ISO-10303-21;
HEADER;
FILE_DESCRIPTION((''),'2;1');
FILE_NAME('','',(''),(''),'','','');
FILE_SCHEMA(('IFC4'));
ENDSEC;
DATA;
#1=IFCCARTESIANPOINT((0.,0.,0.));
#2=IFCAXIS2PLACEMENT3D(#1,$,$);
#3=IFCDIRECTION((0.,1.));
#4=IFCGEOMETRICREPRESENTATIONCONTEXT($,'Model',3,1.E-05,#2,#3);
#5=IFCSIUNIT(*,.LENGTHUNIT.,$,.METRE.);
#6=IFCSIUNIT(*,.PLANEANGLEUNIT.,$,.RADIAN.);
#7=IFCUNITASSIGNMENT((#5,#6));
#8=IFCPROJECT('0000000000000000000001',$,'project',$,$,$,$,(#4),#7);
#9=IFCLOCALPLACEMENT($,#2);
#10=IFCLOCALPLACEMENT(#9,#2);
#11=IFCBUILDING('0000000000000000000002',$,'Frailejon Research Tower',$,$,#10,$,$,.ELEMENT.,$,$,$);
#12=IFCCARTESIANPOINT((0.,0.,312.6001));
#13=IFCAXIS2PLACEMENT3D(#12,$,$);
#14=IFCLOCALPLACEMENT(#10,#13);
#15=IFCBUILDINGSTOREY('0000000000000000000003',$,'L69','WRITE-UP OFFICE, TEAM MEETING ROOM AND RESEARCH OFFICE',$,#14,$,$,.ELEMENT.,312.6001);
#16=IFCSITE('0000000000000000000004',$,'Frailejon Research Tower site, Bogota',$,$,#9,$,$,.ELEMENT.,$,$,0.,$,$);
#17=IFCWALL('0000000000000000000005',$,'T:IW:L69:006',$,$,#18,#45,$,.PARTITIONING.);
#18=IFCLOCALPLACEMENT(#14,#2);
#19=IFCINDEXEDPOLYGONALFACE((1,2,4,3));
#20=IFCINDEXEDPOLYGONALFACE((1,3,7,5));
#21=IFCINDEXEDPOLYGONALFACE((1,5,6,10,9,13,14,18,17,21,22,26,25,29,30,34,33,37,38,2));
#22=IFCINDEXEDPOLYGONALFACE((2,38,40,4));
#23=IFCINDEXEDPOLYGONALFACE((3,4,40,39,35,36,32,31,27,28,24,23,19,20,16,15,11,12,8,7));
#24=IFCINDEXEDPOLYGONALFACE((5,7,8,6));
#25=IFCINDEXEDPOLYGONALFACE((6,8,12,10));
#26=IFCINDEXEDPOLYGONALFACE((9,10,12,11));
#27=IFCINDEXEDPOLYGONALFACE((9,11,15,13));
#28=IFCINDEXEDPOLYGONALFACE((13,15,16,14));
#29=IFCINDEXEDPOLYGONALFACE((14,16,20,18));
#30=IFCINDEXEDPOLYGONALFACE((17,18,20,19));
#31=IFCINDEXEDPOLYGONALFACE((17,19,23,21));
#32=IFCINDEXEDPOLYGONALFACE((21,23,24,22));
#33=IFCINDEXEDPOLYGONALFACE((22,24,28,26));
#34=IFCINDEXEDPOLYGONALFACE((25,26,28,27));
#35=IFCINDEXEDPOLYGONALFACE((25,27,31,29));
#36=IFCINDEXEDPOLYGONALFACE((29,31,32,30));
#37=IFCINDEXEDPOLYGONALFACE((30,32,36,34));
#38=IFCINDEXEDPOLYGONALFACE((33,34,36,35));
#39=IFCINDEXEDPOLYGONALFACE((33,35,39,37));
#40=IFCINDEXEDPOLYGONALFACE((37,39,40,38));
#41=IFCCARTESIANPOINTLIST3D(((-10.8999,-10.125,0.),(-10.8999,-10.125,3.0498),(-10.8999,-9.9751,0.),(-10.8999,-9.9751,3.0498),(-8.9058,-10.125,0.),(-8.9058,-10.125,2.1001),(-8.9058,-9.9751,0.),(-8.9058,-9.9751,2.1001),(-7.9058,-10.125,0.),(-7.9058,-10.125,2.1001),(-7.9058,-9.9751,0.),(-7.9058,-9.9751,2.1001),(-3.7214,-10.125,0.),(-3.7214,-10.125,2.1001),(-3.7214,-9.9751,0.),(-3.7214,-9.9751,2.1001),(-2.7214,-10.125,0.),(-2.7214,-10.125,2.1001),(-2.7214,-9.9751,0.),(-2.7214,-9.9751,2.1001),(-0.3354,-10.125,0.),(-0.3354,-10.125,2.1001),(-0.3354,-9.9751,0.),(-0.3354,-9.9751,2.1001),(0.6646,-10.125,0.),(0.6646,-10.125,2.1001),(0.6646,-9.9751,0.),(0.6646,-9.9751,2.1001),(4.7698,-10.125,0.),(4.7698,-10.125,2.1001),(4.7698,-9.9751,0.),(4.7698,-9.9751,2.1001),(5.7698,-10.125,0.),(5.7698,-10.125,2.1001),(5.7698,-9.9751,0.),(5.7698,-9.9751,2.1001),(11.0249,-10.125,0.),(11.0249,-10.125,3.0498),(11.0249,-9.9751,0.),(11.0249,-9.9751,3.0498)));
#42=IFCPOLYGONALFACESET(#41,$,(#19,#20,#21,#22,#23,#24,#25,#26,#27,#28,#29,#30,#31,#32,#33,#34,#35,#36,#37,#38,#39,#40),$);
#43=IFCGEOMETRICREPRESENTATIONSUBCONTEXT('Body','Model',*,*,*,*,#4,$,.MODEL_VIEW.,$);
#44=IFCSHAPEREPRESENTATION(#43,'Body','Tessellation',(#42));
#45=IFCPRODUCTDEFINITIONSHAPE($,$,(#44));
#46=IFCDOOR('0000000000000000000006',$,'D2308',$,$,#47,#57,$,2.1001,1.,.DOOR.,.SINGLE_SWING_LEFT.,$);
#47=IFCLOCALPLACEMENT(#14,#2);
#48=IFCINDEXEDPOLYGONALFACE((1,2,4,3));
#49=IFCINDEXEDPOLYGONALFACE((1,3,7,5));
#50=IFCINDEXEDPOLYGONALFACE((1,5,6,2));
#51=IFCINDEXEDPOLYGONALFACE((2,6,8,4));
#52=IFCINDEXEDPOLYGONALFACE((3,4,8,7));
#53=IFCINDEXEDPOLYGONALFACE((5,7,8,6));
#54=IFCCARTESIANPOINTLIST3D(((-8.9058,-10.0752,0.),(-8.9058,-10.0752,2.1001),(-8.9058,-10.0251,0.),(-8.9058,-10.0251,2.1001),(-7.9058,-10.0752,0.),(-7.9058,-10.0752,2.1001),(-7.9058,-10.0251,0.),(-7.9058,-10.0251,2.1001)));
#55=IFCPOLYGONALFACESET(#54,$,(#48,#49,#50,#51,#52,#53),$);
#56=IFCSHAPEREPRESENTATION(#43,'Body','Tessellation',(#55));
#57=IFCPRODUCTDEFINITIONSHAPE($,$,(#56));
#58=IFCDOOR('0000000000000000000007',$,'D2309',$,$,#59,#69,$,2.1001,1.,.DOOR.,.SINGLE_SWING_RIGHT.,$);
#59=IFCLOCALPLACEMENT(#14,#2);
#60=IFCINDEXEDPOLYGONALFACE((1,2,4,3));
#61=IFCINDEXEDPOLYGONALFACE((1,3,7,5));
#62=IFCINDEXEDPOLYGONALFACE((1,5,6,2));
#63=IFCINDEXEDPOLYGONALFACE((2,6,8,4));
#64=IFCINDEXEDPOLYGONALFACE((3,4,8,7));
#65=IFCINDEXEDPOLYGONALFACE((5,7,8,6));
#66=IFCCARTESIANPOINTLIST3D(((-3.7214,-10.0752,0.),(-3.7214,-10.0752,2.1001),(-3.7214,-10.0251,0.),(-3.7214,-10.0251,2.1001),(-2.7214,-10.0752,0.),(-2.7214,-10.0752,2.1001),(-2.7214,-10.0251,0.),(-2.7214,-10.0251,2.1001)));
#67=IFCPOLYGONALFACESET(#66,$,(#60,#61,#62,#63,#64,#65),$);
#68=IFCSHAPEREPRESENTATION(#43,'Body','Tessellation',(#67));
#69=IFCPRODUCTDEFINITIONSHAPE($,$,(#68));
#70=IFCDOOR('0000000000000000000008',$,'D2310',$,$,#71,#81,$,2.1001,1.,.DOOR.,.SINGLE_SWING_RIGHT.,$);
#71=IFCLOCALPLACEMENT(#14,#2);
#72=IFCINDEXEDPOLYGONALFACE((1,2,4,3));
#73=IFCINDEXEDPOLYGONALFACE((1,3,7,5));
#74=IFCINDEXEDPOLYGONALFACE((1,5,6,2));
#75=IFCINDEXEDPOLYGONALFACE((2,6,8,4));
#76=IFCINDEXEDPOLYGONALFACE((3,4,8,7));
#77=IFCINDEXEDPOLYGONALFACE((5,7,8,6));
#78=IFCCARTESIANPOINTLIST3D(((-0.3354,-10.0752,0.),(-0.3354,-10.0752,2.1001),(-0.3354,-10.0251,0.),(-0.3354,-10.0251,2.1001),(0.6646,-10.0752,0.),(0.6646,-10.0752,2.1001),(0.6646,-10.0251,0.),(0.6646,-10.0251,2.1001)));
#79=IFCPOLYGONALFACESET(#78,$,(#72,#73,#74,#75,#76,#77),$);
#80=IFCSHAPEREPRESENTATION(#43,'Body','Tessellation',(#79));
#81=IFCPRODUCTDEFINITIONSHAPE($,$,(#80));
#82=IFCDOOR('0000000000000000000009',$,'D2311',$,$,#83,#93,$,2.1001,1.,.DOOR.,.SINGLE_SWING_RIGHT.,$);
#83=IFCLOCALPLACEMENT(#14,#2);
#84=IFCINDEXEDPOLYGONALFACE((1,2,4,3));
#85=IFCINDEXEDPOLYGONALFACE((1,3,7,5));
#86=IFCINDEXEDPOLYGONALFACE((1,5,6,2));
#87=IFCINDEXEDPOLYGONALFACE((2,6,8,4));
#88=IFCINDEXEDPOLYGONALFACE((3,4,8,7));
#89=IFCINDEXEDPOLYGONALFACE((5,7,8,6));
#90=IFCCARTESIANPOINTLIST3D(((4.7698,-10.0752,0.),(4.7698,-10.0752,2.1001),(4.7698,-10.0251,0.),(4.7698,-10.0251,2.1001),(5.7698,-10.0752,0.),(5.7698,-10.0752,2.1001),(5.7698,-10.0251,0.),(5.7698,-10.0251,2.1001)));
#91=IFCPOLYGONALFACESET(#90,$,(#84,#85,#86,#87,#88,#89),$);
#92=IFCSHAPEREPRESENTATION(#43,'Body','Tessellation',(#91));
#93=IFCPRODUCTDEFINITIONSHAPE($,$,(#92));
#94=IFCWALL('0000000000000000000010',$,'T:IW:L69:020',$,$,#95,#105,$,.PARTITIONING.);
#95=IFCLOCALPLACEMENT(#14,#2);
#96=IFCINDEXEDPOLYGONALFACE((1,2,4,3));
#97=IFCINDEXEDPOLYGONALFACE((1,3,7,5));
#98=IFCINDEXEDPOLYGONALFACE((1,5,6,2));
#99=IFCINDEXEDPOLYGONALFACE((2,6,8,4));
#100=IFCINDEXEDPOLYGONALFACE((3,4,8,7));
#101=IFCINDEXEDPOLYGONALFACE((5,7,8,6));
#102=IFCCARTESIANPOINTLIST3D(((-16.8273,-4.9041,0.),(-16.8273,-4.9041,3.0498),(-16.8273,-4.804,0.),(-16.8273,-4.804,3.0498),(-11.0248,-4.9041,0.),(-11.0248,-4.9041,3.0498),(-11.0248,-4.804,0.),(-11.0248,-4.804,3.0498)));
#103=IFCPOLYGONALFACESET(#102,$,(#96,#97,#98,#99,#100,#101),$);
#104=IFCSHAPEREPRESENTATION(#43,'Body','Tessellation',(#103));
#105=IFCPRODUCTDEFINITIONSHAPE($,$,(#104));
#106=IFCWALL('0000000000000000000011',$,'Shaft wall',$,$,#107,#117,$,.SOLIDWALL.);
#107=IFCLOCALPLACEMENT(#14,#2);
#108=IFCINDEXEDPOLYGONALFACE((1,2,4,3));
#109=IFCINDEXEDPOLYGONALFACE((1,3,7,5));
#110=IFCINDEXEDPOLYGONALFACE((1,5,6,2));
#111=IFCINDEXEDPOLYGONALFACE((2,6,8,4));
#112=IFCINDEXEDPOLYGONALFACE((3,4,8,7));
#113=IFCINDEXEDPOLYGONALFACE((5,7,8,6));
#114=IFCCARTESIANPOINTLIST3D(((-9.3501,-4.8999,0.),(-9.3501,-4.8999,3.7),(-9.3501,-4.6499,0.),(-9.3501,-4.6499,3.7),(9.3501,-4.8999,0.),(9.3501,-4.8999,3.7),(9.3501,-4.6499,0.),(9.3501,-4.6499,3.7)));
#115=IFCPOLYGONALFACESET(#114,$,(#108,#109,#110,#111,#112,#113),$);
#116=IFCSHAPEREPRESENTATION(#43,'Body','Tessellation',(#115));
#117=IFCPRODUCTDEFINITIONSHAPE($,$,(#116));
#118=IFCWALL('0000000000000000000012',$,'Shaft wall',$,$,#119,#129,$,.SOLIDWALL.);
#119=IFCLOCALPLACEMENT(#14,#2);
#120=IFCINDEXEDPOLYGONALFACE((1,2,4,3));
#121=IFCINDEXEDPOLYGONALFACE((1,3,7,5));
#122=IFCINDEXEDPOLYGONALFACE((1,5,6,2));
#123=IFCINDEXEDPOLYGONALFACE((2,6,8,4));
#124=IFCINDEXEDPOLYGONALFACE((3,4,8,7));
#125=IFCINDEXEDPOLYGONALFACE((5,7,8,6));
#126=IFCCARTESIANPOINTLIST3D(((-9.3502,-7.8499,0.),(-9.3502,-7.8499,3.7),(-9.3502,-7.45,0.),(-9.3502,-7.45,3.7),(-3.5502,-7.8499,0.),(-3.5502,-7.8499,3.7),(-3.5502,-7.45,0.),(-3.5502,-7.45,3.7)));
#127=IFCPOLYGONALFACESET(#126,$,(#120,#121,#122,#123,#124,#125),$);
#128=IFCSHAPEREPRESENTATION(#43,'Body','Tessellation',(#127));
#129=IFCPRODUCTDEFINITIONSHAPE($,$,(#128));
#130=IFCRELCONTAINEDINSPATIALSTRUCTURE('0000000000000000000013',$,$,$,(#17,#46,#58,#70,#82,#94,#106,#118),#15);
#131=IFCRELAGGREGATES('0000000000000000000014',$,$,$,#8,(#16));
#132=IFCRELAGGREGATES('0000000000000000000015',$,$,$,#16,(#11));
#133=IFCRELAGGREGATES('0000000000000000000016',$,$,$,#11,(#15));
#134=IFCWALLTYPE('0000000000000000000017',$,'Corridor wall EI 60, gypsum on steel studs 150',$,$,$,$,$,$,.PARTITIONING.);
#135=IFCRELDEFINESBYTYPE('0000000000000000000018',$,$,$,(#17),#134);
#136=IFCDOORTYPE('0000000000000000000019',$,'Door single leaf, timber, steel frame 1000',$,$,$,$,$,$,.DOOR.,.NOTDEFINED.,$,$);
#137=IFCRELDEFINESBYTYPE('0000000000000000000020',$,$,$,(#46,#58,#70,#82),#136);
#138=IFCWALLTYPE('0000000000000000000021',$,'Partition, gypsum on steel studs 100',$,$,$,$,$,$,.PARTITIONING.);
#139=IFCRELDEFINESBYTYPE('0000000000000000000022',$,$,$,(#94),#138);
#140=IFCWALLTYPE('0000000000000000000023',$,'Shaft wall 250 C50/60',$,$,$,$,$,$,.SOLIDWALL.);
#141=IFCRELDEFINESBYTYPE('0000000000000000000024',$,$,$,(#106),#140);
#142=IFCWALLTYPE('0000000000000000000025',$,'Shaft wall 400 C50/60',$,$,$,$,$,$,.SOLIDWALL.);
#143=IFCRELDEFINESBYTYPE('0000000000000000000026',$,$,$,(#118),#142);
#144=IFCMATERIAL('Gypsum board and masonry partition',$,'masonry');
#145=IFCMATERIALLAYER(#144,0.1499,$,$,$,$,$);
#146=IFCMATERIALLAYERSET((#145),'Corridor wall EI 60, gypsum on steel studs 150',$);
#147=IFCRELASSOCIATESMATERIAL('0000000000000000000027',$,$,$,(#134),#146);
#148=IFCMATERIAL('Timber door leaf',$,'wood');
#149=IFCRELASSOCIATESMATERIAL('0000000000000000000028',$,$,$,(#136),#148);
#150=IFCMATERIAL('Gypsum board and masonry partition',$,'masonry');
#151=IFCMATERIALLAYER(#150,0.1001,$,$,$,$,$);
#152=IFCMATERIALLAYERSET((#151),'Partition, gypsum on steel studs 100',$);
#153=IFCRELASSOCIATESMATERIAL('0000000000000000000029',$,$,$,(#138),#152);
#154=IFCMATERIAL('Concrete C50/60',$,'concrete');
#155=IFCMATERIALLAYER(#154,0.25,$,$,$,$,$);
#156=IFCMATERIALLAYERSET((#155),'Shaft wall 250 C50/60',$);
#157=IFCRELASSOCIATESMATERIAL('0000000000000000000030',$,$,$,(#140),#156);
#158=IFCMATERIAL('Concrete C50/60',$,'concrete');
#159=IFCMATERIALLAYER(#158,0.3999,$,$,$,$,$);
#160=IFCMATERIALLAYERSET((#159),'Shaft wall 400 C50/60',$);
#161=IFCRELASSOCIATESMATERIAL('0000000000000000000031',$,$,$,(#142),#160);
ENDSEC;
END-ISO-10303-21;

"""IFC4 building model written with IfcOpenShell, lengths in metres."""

from ifc_helpers import new_model, si_unit, direction, frame, frame_2d, origin, place, context, subcontext, project, spatial, rectangle, extrude, material, layer, layer_set, type_object, element, fill, save


model = new_model("IFC4")

# Units and contexts
model_context = context("Model", 3, precision=1e-05, world=origin(), true_north=direction((0.0, 1.0)))
body_context = subcontext(model_context, "Body", "Model", "MODEL_VIEW")
ifc_project = project(units=[si_unit("LENGTHUNIT", "METRE"), si_unit("PLANEANGLEUNIT", "RADIAN")], contexts=[model_context])

# Site, building, storey
site_placement = place(None, origin())
site = spatial("IfcSite", under=ifc_project, at=site_placement, Name="Frailejon Research Tower site, Bogota", CompositionType="ELEMENT", RefElevation=0.0)
building_placement = place(site_placement, origin())
building = spatial("IfcBuilding", under=site, at=building_placement, Name="Frailejon Research Tower", CompositionType="ELEMENT")
storey_placement = place(building_placement, frame((0.0, 0.0, 312.6001)))
storey = spatial("IfcBuildingStorey", under=building, at=storey_placement, Name="L69", Description="WRITE-UP OFFICE, TEAM MEETING ROOM AND RESEARCH OFFICE", CompositionType="ELEMENT", Elevation=312.6001)

# Wall, openings, doors
ifc_material_1 = material(Name="Gypsum board and masonry partition", Category="masonry")
ifc_layer_1 = layer(ifc_material_1, 0.1499)
ifc_layer_set_1 = layer_set([ifc_layer_1], Name="Corridor wall EI 60, gypsum on steel studs 150")
wall_type_1 = type_object("IfcWallType", Name="Corridor wall EI 60, gypsum on steel studs 150", PredefinedType="PARTITIONING", material=ifc_layer_set_1)
ifc_material_2 = material(Name="Timber door leaf", Category="wood")
door_type_1 = type_object("IfcDoorType", Name="Door single leaf, timber, steel frame 1000", OperationType="NOTDEFINED", PredefinedType="DOOR", material=ifc_material_2)
wall_1_placement = place(storey_placement, frame((-10.8999, -10.05, 0.0), z_axis=(0.0, 0.0, 1.0), x_axis=(1.0, 0.0, 0.0)))
wall_1 = element("IfcWall", 1, at=wall_1_placement, inside=storey, type_object=wall_type_1, Name="T:IW:L69:006", PredefinedType="PARTITIONING", context=body_context, shape_type="SweptSolid", body=[
    extrude(rectangle(XDim=21.9248, YDim=0.1499, at=frame_2d((10.9624, 0.0))), origin(), (0.0, 0.0, 1.0), 3.0498),
])
opening_1_placement = place(wall_1_placement, frame((1.9941, 0.0, 0.0)))
opening_1 = element("IfcOpeningElement", 2, at=opening_1_placement, cuts=wall_1, PredefinedType="OPENING", context=body_context, shape_type="SweptSolid", body=[
    extrude(rectangle(XDim=1.0, YDim=2.1001, at=frame_2d((0.5, 1.05))), frame((0.0, 0.085, 0.0), z_axis=(0.0, -1.0, 0.0), x_axis=(1.0, 0.0, 0.0)), (0.0, 0.0, 1.0), 0.1699),
])
opening_2_placement = place(wall_1_placement, frame((7.1785, 0.0, 0.0)))
opening_2 = element("IfcOpeningElement", 3, at=opening_2_placement, cuts=wall_1, PredefinedType="OPENING", context=body_context, shape_type="SweptSolid", body=[
    extrude(rectangle(XDim=1.0, YDim=2.1001, at=frame_2d((0.5, 1.05))), frame((0.0, 0.085, 0.0), z_axis=(0.0, -1.0, 0.0), x_axis=(1.0, 0.0, 0.0)), (0.0, 0.0, 1.0), 0.1699),
])
opening_3_placement = place(wall_1_placement, frame((10.5645, 0.0, 0.0)))
opening_3 = element("IfcOpeningElement", 4, at=opening_3_placement, cuts=wall_1, PredefinedType="OPENING", context=body_context, shape_type="SweptSolid", body=[
    extrude(rectangle(XDim=1.0, YDim=2.1001, at=frame_2d((0.5, 1.05))), frame((0.0, 0.085, 0.0), z_axis=(0.0, -1.0, 0.0), x_axis=(1.0, 0.0, 0.0)), (0.0, 0.0, 1.0), 0.1699),
])
opening_4_placement = place(wall_1_placement, frame((15.6697, 0.0, 0.0)))
opening_4 = element("IfcOpeningElement", 5, at=opening_4_placement, cuts=wall_1, PredefinedType="OPENING", context=body_context, shape_type="SweptSolid", body=[
    extrude(rectangle(XDim=1.0, YDim=2.1001, at=frame_2d((0.5, 1.05))), frame((0.0, 0.085, 0.0), z_axis=(0.0, -1.0, 0.0), x_axis=(1.0, 0.0, 0.0)), (0.0, 0.0, 1.0), 0.1699),
])
door_1_placement = place(opening_1_placement, origin())
door_1 = element("IfcDoor", 6, at=door_1_placement, inside=storey, type_object=door_type_1, Name="D2308", OperationType="SINGLE_SWING_LEFT", OverallHeight=2.1001, OverallWidth=1.0, PredefinedType="DOOR", context=body_context, shape_type="SweptSolid", body=[
    extrude(rectangle(XDim=1.0, YDim=2.1001, at=frame_2d((0.5, 1.05))), frame((0.0, 0.0249, 0.0), z_axis=(0.0, -1.0, 0.0), x_axis=(1.0, 0.0, 0.0)), (0.0, 0.0, 1.0), 0.05),
])
fill(opening_1, door_1)
door_2_placement = place(opening_2_placement, origin())
door_2 = element("IfcDoor", 7, at=door_2_placement, inside=storey, type_object=door_type_1, Name="D2309", OperationType="SINGLE_SWING_RIGHT", OverallHeight=2.1001, OverallWidth=1.0, PredefinedType="DOOR", context=body_context, shape_type="SweptSolid", body=[
    extrude(rectangle(XDim=1.0, YDim=2.1001, at=frame_2d((0.5, 1.05))), frame((0.0, 0.0249, 0.0), z_axis=(0.0, -1.0, 0.0), x_axis=(1.0, 0.0, 0.0)), (0.0, 0.0, 1.0), 0.05),
])
fill(opening_2, door_2)
door_3_placement = place(opening_3_placement, origin())
door_3 = element("IfcDoor", 8, at=door_3_placement, inside=storey, type_object=door_type_1, Name="D2310", OperationType="SINGLE_SWING_RIGHT", OverallHeight=2.1001, OverallWidth=1.0, PredefinedType="DOOR", context=body_context, shape_type="SweptSolid", body=[
    extrude(rectangle(XDim=1.0, YDim=2.1001, at=frame_2d((0.5, 1.05))), frame((0.0, 0.0249, 0.0), z_axis=(0.0, -1.0, 0.0), x_axis=(1.0, 0.0, 0.0)), (0.0, 0.0, 1.0), 0.05),
])
fill(opening_3, door_3)
door_4_placement = place(opening_4_placement, origin())
door_4 = element("IfcDoor", 9, at=door_4_placement, inside=storey, type_object=door_type_1, Name="D2311", OperationType="SINGLE_SWING_RIGHT", OverallHeight=2.1001, OverallWidth=1.0, PredefinedType="DOOR", context=body_context, shape_type="SweptSolid", body=[
    extrude(rectangle(XDim=1.0, YDim=2.1001, at=frame_2d((0.5, 1.05))), frame((0.0, 0.0249, 0.0), z_axis=(0.0, -1.0, 0.0), x_axis=(1.0, 0.0, 0.0)), (0.0, 0.0, 1.0), 0.05),
])
fill(opening_4, door_4)

# Walls
ifc_material_3 = material(Name="Gypsum board and masonry partition", Category="masonry")
ifc_layer_2 = layer(ifc_material_3, 0.1001)
ifc_layer_set_2 = layer_set([ifc_layer_2], Name="Partition, gypsum on steel studs 100")
wall_type_2 = type_object("IfcWallType", Name="Partition, gypsum on steel studs 100", PredefinedType="PARTITIONING", material=ifc_layer_set_2)
wall_2_placement = place(storey_placement, frame((-16.8274, -4.854, 0.0), z_axis=(0.0, 0.0, 1.0), x_axis=(1.0, 0.0, 0.0)))
element("IfcWall", 10, at=wall_2_placement, inside=storey, type_object=wall_type_2, Name="T:IW:L69:020", PredefinedType="PARTITIONING", context=body_context, shape_type="SweptSolid", body=[
    extrude(rectangle(XDim=5.8025, YDim=0.1001, at=frame_2d((2.9014, 0.0))), origin(), (0.0, 0.0, 1.0), 3.0498),
])
ifc_material_4 = material(Name="Concrete C50/60", Category="concrete")
ifc_layer_3 = layer(ifc_material_4, 0.25)
ifc_layer_set_3 = layer_set([ifc_layer_3], Name="Shaft wall 250 C50/60")
wall_type_3 = type_object("IfcWallType", Name="Shaft wall 250 C50/60", PredefinedType="SOLIDWALL", material=ifc_layer_set_3)
wall_3_placement = place(storey_placement, frame((-9.3501, -4.7749, 0.0), z_axis=(0.0, 0.0, 1.0), x_axis=(1.0, 0.0, 0.0)))
element("IfcWall", 11, at=wall_3_placement, inside=storey, type_object=wall_type_3, Name="Shaft wall", PredefinedType="SOLIDWALL", context=body_context, shape_type="SweptSolid", body=[
    extrude(rectangle(XDim=18.7002, YDim=0.25, at=frame_2d((9.3501, 0.0))), origin(), (0.0, 0.0, 1.0), 3.7),
])
ifc_material_5 = material(Name="Concrete C50/60", Category="concrete")
ifc_layer_4 = layer(ifc_material_5, 0.3999)
ifc_layer_set_4 = layer_set([ifc_layer_4], Name="Shaft wall 400 C50/60")
wall_type_4 = type_object("IfcWallType", Name="Shaft wall 400 C50/60", PredefinedType="SOLIDWALL", material=ifc_layer_set_4)
wall_4_placement = place(storey_placement, frame((-9.3501, -7.6499, 0.0), z_axis=(0.0, 0.0, 1.0), x_axis=(1.0, 0.0, 0.0)))
element("IfcWall", 12, at=wall_4_placement, inside=storey, type_object=wall_type_4, Name="Shaft wall", PredefinedType="SOLIDWALL", context=body_context, shape_type="SweptSolid", body=[
    extrude(rectangle(XDim=5.8, YDim=0.3999, at=frame_2d((2.8999, 0.0))), origin(), (0.0, 0.0, 1.0), 3.7),
])

save(model, "model.ifc")
